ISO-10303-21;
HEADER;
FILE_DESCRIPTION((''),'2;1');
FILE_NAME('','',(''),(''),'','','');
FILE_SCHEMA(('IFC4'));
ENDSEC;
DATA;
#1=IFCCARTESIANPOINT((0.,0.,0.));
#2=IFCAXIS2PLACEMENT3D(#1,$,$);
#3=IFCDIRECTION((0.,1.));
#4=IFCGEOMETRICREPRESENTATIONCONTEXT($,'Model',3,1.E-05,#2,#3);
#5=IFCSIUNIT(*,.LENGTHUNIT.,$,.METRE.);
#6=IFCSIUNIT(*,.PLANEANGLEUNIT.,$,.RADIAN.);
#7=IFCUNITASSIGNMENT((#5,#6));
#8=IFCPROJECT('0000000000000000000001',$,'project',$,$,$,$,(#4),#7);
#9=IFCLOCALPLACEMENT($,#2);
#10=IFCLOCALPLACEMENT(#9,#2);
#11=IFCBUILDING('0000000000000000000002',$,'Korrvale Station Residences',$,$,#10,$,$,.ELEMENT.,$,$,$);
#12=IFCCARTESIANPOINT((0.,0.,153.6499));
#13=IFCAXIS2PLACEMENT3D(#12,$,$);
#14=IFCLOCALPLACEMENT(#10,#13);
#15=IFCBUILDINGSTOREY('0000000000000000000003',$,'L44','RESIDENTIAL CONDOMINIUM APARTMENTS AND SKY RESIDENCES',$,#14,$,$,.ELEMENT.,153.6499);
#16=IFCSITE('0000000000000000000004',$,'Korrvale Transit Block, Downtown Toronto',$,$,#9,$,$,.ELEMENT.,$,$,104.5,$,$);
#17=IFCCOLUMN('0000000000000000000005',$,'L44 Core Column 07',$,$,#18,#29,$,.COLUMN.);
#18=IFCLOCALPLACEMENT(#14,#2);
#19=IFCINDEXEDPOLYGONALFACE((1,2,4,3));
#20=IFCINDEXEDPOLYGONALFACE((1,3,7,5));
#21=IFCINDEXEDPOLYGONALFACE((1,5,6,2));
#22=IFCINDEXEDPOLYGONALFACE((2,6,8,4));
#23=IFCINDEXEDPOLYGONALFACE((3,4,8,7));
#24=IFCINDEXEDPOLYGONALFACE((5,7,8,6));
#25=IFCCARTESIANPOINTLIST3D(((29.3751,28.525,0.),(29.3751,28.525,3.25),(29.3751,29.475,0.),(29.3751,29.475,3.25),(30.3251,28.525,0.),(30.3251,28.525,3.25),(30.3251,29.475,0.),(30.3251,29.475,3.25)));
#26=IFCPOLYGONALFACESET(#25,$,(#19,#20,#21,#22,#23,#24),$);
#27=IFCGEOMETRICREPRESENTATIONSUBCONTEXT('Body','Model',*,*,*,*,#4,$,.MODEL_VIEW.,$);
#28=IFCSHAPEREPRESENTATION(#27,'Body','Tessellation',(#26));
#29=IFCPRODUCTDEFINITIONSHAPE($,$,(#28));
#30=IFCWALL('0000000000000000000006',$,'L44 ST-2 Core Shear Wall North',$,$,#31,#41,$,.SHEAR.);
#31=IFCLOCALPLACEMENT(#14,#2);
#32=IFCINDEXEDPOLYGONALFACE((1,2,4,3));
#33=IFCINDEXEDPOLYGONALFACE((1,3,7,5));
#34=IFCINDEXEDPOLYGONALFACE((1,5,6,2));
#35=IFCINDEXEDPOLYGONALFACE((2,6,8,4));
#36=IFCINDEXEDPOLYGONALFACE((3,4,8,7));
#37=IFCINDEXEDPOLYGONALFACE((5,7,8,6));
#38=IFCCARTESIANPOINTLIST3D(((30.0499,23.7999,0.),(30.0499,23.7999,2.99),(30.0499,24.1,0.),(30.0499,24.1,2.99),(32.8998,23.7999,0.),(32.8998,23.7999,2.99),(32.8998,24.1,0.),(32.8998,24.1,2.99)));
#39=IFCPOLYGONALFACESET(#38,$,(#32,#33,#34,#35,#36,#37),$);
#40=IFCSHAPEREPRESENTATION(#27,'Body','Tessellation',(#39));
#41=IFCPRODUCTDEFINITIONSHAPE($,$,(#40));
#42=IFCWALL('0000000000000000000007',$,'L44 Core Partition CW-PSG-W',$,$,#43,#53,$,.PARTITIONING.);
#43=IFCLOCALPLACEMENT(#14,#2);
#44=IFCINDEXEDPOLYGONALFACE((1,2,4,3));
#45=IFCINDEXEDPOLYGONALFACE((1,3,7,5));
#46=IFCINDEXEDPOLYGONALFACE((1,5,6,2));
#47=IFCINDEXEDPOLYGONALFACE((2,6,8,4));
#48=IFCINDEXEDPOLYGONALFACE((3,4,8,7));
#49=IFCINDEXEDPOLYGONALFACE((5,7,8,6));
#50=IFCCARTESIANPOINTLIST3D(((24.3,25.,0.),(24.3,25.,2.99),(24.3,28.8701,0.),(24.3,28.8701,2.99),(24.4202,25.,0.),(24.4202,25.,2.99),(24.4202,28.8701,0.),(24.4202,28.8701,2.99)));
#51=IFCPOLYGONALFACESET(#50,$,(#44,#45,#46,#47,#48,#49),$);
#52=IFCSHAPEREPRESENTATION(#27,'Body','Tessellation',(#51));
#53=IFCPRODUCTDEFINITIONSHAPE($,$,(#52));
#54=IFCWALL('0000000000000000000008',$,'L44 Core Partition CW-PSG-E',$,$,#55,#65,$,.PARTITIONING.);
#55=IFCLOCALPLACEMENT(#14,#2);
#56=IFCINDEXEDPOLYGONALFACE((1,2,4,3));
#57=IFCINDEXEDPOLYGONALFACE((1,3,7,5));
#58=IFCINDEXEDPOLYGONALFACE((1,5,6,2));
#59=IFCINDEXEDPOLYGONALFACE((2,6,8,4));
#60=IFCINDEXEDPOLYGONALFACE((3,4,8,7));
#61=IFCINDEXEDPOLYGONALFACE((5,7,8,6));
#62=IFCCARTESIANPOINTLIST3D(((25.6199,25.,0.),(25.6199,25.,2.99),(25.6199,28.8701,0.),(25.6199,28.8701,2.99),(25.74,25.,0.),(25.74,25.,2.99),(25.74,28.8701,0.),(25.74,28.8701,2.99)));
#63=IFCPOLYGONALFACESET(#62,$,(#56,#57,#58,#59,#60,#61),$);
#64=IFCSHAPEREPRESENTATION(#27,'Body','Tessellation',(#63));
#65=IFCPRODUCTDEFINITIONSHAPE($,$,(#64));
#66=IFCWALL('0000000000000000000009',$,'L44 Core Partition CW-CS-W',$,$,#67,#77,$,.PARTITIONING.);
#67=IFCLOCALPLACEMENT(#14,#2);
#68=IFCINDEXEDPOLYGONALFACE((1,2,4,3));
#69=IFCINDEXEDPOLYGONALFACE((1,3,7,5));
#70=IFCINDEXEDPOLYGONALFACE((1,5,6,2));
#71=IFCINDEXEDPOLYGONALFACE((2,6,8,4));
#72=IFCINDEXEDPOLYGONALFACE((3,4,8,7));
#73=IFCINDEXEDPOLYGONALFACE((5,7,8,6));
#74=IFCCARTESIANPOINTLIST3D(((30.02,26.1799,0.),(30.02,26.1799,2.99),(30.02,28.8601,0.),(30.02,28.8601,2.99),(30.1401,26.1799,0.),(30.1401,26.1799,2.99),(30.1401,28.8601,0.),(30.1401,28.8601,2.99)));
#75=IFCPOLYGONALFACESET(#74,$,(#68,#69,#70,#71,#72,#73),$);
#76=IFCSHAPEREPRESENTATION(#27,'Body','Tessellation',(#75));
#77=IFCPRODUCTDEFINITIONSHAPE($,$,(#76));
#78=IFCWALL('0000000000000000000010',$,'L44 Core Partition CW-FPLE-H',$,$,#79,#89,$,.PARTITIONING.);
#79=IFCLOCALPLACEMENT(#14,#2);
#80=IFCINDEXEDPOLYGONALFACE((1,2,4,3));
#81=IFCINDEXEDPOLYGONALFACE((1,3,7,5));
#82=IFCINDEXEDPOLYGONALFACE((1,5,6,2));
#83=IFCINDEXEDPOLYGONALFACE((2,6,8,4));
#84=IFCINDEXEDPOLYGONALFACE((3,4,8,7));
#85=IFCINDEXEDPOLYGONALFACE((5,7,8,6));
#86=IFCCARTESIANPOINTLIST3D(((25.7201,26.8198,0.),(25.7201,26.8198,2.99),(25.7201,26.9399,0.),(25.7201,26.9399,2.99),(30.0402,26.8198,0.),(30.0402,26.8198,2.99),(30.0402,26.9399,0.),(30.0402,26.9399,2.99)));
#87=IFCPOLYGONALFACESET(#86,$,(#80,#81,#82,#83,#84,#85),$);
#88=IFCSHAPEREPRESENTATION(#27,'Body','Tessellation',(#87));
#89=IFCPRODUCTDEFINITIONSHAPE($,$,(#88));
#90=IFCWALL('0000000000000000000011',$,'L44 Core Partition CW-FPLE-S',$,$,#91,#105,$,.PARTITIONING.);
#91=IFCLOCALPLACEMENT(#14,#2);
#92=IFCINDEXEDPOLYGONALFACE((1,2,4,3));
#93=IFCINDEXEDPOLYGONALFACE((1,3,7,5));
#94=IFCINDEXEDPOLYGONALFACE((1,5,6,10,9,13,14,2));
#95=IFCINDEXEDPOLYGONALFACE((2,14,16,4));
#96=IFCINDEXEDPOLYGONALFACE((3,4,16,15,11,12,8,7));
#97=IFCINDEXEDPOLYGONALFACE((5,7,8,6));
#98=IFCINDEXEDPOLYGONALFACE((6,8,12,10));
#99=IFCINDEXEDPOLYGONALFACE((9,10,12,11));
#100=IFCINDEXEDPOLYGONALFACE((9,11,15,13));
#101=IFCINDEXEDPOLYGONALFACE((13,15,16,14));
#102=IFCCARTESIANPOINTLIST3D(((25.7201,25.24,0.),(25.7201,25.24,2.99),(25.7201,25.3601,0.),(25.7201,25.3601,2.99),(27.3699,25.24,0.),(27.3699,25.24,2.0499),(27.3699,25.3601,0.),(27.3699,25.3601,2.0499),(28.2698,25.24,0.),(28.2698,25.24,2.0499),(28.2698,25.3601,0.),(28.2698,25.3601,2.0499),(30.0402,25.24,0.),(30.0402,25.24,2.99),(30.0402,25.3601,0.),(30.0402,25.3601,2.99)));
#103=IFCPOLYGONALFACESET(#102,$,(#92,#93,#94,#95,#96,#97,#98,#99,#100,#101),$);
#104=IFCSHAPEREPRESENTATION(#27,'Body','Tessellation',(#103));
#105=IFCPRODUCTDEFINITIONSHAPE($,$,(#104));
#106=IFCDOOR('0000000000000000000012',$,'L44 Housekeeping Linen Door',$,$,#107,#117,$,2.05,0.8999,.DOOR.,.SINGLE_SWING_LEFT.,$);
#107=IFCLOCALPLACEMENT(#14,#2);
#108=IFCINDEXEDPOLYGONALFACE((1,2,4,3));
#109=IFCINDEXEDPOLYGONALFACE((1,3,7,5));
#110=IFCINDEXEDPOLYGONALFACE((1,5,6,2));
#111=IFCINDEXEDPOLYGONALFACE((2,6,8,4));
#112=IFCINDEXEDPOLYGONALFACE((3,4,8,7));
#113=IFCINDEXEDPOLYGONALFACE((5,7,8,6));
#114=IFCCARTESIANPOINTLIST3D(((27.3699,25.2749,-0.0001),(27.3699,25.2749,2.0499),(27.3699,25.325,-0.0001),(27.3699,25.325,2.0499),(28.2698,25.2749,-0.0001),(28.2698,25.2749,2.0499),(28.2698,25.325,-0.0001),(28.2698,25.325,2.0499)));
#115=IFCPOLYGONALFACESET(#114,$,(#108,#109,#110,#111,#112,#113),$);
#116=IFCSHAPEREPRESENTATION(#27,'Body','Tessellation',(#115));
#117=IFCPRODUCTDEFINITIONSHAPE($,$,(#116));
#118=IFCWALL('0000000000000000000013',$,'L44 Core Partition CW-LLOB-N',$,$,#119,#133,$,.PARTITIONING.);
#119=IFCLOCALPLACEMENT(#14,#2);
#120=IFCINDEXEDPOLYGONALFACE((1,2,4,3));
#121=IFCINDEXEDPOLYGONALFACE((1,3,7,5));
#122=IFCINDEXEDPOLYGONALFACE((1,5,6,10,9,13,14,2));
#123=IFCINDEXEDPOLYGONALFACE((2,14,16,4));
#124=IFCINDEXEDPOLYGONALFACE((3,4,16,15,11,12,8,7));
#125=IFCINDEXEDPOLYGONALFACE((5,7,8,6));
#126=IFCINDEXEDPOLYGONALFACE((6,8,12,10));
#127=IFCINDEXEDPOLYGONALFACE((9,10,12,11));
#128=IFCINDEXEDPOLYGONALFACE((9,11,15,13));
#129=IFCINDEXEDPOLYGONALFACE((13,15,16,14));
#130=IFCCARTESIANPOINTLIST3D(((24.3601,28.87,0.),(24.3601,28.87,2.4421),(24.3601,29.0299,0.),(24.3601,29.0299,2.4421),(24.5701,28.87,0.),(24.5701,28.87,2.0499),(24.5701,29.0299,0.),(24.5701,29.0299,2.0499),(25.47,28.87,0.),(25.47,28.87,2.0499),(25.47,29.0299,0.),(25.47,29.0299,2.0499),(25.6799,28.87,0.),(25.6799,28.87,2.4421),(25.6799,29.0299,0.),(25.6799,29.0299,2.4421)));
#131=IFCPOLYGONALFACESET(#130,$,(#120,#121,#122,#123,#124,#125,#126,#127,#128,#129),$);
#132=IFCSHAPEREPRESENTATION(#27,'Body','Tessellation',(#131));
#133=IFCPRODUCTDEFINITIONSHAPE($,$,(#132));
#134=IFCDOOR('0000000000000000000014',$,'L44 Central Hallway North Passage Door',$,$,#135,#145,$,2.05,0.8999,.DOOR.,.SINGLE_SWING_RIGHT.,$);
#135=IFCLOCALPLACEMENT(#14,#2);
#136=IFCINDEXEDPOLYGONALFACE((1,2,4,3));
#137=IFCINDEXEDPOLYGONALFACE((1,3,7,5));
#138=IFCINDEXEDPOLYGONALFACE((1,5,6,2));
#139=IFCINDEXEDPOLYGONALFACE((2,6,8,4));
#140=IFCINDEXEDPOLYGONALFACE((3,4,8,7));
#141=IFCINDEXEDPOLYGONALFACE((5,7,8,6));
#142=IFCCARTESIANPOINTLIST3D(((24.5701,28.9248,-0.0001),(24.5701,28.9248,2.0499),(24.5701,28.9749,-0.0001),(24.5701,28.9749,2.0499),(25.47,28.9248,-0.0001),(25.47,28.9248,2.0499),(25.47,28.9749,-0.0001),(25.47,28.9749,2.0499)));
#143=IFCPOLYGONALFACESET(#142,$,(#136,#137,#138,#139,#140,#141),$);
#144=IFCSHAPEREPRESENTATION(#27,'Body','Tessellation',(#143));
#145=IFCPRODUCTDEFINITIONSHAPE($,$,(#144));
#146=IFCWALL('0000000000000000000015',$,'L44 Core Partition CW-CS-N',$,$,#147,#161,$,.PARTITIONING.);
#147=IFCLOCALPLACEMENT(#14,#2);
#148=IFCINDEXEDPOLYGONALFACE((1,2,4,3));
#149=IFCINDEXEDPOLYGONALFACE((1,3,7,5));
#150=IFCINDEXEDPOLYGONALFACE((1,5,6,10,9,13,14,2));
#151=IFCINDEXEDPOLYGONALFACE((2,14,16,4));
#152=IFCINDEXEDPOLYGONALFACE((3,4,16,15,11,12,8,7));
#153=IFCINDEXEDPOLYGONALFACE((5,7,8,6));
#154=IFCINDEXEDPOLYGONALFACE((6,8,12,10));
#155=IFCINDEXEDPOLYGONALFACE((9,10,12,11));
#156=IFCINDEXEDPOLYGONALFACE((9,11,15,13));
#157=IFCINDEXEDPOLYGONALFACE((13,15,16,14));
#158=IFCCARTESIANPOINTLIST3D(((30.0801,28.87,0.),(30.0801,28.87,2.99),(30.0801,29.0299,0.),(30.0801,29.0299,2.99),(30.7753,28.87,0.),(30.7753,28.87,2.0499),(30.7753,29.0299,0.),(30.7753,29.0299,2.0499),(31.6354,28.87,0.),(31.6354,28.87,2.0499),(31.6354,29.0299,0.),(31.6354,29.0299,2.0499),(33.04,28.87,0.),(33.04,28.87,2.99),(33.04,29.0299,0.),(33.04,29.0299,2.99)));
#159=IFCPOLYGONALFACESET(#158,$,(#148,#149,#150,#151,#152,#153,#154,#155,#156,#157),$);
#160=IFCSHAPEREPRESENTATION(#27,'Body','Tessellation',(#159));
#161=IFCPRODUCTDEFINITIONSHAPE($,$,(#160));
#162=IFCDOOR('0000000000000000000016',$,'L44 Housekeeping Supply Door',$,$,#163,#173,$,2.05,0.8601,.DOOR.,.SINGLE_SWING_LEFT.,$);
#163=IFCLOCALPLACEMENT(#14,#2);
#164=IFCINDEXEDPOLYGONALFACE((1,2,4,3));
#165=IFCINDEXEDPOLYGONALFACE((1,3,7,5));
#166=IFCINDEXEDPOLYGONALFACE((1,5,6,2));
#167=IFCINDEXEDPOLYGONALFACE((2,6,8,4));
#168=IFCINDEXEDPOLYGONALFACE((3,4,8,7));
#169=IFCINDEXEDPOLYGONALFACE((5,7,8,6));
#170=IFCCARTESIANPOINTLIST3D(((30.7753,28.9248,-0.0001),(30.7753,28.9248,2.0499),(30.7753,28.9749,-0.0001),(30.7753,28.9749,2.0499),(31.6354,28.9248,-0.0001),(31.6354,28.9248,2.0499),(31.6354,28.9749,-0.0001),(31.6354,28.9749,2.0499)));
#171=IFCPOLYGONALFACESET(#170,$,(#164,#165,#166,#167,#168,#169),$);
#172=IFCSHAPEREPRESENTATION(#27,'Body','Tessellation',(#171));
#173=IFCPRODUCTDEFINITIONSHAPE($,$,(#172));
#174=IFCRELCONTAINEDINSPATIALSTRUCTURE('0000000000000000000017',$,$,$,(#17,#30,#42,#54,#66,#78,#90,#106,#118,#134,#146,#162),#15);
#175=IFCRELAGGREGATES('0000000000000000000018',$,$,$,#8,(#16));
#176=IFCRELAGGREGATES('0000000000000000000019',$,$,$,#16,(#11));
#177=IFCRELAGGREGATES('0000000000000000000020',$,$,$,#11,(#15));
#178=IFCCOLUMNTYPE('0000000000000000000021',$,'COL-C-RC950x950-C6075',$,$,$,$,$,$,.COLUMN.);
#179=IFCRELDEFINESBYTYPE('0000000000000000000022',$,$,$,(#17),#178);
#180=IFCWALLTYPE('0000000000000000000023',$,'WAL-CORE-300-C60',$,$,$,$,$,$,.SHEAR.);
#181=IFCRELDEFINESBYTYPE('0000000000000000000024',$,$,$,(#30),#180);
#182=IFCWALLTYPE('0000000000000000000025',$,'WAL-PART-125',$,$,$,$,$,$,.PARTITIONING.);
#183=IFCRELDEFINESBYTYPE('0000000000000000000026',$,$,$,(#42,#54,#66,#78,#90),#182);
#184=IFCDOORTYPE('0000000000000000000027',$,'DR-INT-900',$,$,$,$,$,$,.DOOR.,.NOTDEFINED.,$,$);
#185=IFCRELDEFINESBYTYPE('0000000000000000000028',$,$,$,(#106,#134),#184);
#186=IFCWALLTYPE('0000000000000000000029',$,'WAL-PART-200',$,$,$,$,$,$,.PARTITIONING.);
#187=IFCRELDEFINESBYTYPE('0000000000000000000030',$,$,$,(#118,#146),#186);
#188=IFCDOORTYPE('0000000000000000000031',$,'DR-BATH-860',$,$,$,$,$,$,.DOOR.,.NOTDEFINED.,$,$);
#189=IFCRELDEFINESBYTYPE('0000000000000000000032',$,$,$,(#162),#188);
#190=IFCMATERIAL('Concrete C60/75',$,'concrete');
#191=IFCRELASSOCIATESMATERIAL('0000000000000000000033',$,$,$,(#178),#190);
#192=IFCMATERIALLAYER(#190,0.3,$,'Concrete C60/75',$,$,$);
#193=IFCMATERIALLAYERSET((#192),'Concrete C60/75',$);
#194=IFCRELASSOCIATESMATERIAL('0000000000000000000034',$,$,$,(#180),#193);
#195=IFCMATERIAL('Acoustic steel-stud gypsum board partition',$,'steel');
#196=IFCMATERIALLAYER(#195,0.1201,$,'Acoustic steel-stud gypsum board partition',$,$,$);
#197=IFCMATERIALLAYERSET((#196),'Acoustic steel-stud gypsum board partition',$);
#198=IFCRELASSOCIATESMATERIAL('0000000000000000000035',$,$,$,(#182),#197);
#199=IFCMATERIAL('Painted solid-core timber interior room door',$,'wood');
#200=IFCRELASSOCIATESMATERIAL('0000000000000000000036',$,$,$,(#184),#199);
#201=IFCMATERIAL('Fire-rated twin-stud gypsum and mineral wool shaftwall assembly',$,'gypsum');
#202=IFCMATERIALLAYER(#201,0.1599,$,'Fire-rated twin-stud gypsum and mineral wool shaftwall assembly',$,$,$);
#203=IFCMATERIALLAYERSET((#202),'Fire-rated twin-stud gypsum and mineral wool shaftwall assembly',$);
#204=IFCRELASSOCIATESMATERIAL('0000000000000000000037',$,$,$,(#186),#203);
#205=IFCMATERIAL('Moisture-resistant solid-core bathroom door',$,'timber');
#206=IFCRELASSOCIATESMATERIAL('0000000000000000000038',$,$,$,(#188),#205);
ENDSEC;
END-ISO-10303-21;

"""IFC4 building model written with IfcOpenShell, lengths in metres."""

from ifc_helpers import new_model, si_unit, direction, frame, frame_2d, origin, origin_2d, place, context, subcontext, project, spatial, rectangle, extrude, material, layer, layer_set, material_profile, profile_set, type_object, element, fill, save


model = new_model("IFC4")

# Units and contexts
model_context = context("Model", 3, precision=1e-05, world=origin(), true_north=direction((0.0, 1.0)))
body_context = subcontext(model_context, "Body", "Model", "MODEL_VIEW")
ifc_project = project(units=[si_unit("LENGTHUNIT", "METRE"), si_unit("PLANEANGLEUNIT", "RADIAN")], contexts=[model_context])

# Site, building, storey
site_placement = place(None, origin())
site = spatial("IfcSite", under=ifc_project, at=site_placement, Name="Korrvale Transit Block, Downtown Toronto", CompositionType="ELEMENT", RefElevation=104.5)
building_placement = place(site_placement, origin())
building = spatial("IfcBuilding", under=site, at=building_placement, Name="Korrvale Station Residences", CompositionType="ELEMENT")
storey_placement = place(building_placement, frame((0.0, 0.0, 153.6499)))
storey = spatial("IfcBuildingStorey", under=building, at=storey_placement, Name="L44", Description="RESIDENTIAL CONDOMINIUM APARTMENTS AND SKY RESIDENCES", CompositionType="ELEMENT", Elevation=153.6499)

# Column
ifc_material_1 = material(Name="Concrete C60/75", Category="concrete")
ifc_material_profile = material_profile(ifc_material_1, rectangle(XDim=0.95, YDim=0.95, at=origin_2d()), Name="RC950x950")
ifc_profile_set = profile_set([ifc_material_profile], Name="Concrete C60/75")
column_type = type_object("IfcColumnType", Name="COL-C-RC950x950-C6075", PredefinedType="COLUMN", material=ifc_profile_set)
column_placement = place(storey_placement, frame((29.8501, 29.0, 0.0), z_axis=(0.0, 0.0, 1.0), x_axis=(1.0, 0.0, 0.0)))
element("IfcColumn", 1, at=column_placement, inside=storey, type_object=column_type, Name="L44 Core Column 07", PredefinedType="COLUMN", context=body_context, shape_type="SweptSolid", body=[
    extrude(rectangle(XDim=0.95, YDim=0.95, at=origin_2d()), origin(), (0.0, 0.0, 1.0), 3.25),
])

# Walls
ifc_layer_1 = layer(ifc_material_1, 0.3, Name="Concrete C60/75")
ifc_layer_set_1 = layer_set([ifc_layer_1], Name="Concrete C60/75")
wall_type_1 = type_object("IfcWallType", Name="WAL-CORE-300-C60", PredefinedType="SHEAR", material=ifc_layer_set_1)
wall_1_placement = place(storey_placement, frame((30.05, 23.95, 0.0), z_axis=(0.0, 0.0, 1.0), x_axis=(1.0, 0.0, 0.0)))
element("IfcWall", 2, at=wall_1_placement, inside=storey, type_object=wall_type_1, Name="L44 ST-2 Core Shear Wall North", PredefinedType="SHEAR", context=body_context, shape_type="SweptSolid", body=[
    extrude(rectangle(XDim=2.8499, YDim=0.3, at=frame_2d((1.4248, 0.0))), origin(), (0.0, 0.0, 1.0), 2.99),
])
ifc_material_2 = material(Name="Acoustic steel-stud gypsum board partition", Category="steel")
ifc_layer_2 = layer(ifc_material_2, 0.1201, Name="Acoustic steel-stud gypsum board partition")
ifc_layer_set_2 = layer_set([ifc_layer_2], Name="Acoustic steel-stud gypsum board partition")
wall_type_2 = type_object("IfcWallType", Name="WAL-PART-125", PredefinedType="PARTITIONING", material=ifc_layer_set_2)
for number, where, z_axis, x_axis, name in (
    (3, (24.3601, 25.0, 0.0), (0.0, 0.0, 1.0), (0.0, 1.0, 0.0), "L44 Core Partition CW-PSG-W"),
    (4, (25.6799, 25.0, 0.0), (0.0, 0.0, 1.0), (0.0, 1.0, 0.0), "L44 Core Partition CW-PSG-E"),
):
    element("IfcWall", number, at=place(storey_placement, frame(where, z_axis=z_axis, x_axis=x_axis)), inside=storey, type_object=wall_type_2, Name=name, PredefinedType="PARTITIONING", context=body_context, shape_type="SweptSolid", body=[
        extrude(rectangle(XDim=3.8701, YDim=0.1201, at=frame_2d((1.9351, 0.0))), origin(), (0.0, 0.0, 1.0), 2.99),
    ])
wall_2_placement = place(storey_placement, frame((30.0801, 26.1799, 0.0), z_axis=(0.0, 0.0, 1.0), x_axis=(0.0, 1.0, 0.0)))
element("IfcWall", 5, at=wall_2_placement, inside=storey, type_object=wall_type_2, Name="L44 Core Partition CW-CS-W", PredefinedType="PARTITIONING", context=body_context, shape_type="SweptSolid", body=[
    extrude(rectangle(XDim=2.6802, YDim=0.1201, at=frame_2d((1.3401, 0.0))), origin(), (0.0, 0.0, 1.0), 2.99),
])
wall_3_placement = place(storey_placement, frame((25.72, 26.8799, 0.0), z_axis=(0.0, 0.0, 1.0), x_axis=(1.0, 0.0, 0.0)))
element("IfcWall", 6, at=wall_3_placement, inside=storey, type_object=wall_type_2, Name="L44 Core Partition CW-FPLE-H", PredefinedType="PARTITIONING", context=body_context, shape_type="SweptSolid", body=[
    extrude(rectangle(XDim=4.3201, YDim=0.1201, at=frame_2d((2.1602, 0.0))), origin(), (0.0, 0.0, 1.0), 2.99),
])

# Walls, openings, doors
wall_4_placement = place(storey_placement, frame((25.72, 25.3, 0.0), z_axis=(0.0, 0.0, 1.0), x_axis=(1.0, 0.0, 0.0)))
wall_4 = element("IfcWall", 7, at=wall_4_placement, inside=storey, type_object=wall_type_2, Name="L44 Core Partition CW-FPLE-S", PredefinedType="PARTITIONING", context=body_context, shape_type="SweptSolid", body=[
    extrude(rectangle(XDim=4.3201, YDim=0.1201, at=frame_2d((2.1602, 0.0))), origin(), (0.0, 0.0, 1.0), 2.99),
])
opening_1_placement = place(wall_4_placement, frame((1.6499, 0.0, 0.0)))
opening_1 = element("IfcOpeningElement", 8, at=opening_1_placement, cuts=wall_4, PredefinedType="OPENING", context=body_context, shape_type="SweptSolid", body=[
    extrude(rectangle(XDim=0.8999, YDim=2.05, at=frame_2d((0.45, 1.0249))), frame((0.0, 0.0701, 0.0), z_axis=(0.0, -1.0, 0.0), x_axis=(1.0, 0.0, 0.0)), (0.0, 0.0, 1.0), 0.1401),
])
ifc_material_3 = material(Name="Painted solid-core timber interior room door", Category="wood")
door_type_1 = type_object("IfcDoorType", Name="DR-INT-900", OperationType="NOTDEFINED", PredefinedType="DOOR", material=ifc_material_3)
door_1_placement = place(opening_1_placement, origin())
door_1 = element("IfcDoor", 9, at=door_1_placement, inside=storey, type_object=door_type_1, Name="L44 Housekeeping Linen Door", OperationType="SINGLE_SWING_LEFT", OverallHeight=2.05, OverallWidth=0.8999, PredefinedType="DOOR", context=body_context, shape_type="SweptSolid", body=[
    extrude(rectangle(XDim=0.8999, YDim=2.05, at=frame_2d((0.45, 1.0249))), frame((0.0, 0.0249, 0.0), z_axis=(0.0, -1.0, 0.0), x_axis=(1.0, 0.0, 0.0)), (0.0, 0.0, 1.0), 0.05),
])
fill(opening_1, door_1)
ifc_material_4 = material(Name="Fire-rated twin-stud gypsum and mineral wool shaftwall assembly", Category="gypsum")
ifc_layer_3 = layer(ifc_material_4, 0.1599, Name="Fire-rated twin-stud gypsum and mineral wool shaftwall assembly")
ifc_layer_set_3 = layer_set([ifc_layer_3], Name="Fire-rated twin-stud gypsum and mineral wool shaftwall assembly")
wall_type_3 = type_object("IfcWallType", Name="WAL-PART-200", PredefinedType="PARTITIONING", material=ifc_layer_set_3)
wall_5_placement = place(storey_placement, frame((24.3601, 28.95, 0.0), z_axis=(0.0, 0.0, 1.0), x_axis=(1.0, 0.0, 0.0)))
wall_5 = element("IfcWall", 10, at=wall_5_placement, inside=storey, type_object=wall_type_3, Name="L44 Core Partition CW-LLOB-N", PredefinedType="PARTITIONING", context=body_context, shape_type="SweptSolid", body=[
    extrude(rectangle(XDim=1.3198, YDim=0.1599, at=frame_2d((0.6599, 0.0))), origin(), (0.0, 0.0, 1.0), 2.4421),
])
opening_2_placement = place(wall_5_placement, frame((0.21, 0.0, 0.0)))
opening_2 = element("IfcOpeningElement", 11, at=opening_2_placement, cuts=wall_5, PredefinedType="OPENING", context=body_context, shape_type="SweptSolid", body=[
    extrude(rectangle(XDim=0.8999, YDim=2.05, at=frame_2d((0.45, 1.0249))), frame((0.0, 0.0898, 0.0), z_axis=(0.0, -1.0, 0.0), x_axis=(1.0, 0.0, 0.0)), (0.0, 0.0, 1.0), 0.1799),
])
door_2_placement = place(opening_2_placement, origin())
door_2 = element("IfcDoor", 12, at=door_2_placement, inside=storey, type_object=door_type_1, Name="L44 Central Hallway North Passage Door", OperationType="SINGLE_SWING_RIGHT", OverallHeight=2.05, OverallWidth=0.8999, PredefinedType="DOOR", context=body_context, shape_type="SweptSolid", body=[
    extrude(rectangle(XDim=0.8999, YDim=2.05, at=frame_2d((0.45, 1.0249))), frame((0.0, 0.0249, 0.0), z_axis=(0.0, -1.0, 0.0), x_axis=(1.0, 0.0, 0.0)), (0.0, 0.0, 1.0), 0.05),
])
fill(opening_2, door_2)
wall_6_placement = place(storey_placement, frame((30.0801, 28.95, 0.0), z_axis=(0.0, 0.0, 1.0), x_axis=(1.0, 0.0, 0.0)))
wall_6 = element("IfcWall", 13, at=wall_6_placement, inside=storey, type_object=wall_type_3, Name="L44 Core Partition CW-CS-N", PredefinedType="PARTITIONING", context=body_context, shape_type="SweptSolid", body=[
    extrude(rectangle(XDim=2.96, YDim=0.1599, at=frame_2d((1.48, 0.0))), origin(), (0.0, 0.0, 1.0), 2.99),
])
opening_3_placement = place(wall_6_placement, frame((0.6951, 0.0, 0.0)))
opening_3 = element("IfcOpeningElement", 14, at=opening_3_placement, cuts=wall_6, PredefinedType="OPENING", context=body_context, shape_type="SweptSolid", body=[
    extrude(rectangle(XDim=0.8601, YDim=2.05, at=frame_2d((0.4302, 1.0249))), frame((0.0, 0.0898, 0.0), z_axis=(0.0, -1.0, 0.0), x_axis=(1.0, 0.0, 0.0)), (0.0, 0.0, 1.0), 0.1799),
])
ifc_material_5 = material(Name="Moisture-resistant solid-core bathroom door", Category="timber")
door_type_2 = type_object("IfcDoorType", Name="DR-BATH-860", OperationType="NOTDEFINED", PredefinedType="DOOR", material=ifc_material_5)
door_3_placement = place(opening_3_placement, origin())
door_3 = element("IfcDoor", 15, at=door_3_placement, inside=storey, type_object=door_type_2, Name="L44 Housekeeping Supply Door", OperationType="SINGLE_SWING_LEFT", OverallHeight=2.05, OverallWidth=0.8601, PredefinedType="DOOR", context=body_context, shape_type="SweptSolid", body=[
    extrude(rectangle(XDim=0.8601, YDim=2.05, at=frame_2d((0.4302, 1.0249))), frame((0.0, 0.0249, 0.0), z_axis=(0.0, -1.0, 0.0), x_axis=(1.0, 0.0, 0.0)), (0.0, 0.0, 1.0), 0.05),
])
fill(opening_3, door_3)

save(model, "model.ifc")
